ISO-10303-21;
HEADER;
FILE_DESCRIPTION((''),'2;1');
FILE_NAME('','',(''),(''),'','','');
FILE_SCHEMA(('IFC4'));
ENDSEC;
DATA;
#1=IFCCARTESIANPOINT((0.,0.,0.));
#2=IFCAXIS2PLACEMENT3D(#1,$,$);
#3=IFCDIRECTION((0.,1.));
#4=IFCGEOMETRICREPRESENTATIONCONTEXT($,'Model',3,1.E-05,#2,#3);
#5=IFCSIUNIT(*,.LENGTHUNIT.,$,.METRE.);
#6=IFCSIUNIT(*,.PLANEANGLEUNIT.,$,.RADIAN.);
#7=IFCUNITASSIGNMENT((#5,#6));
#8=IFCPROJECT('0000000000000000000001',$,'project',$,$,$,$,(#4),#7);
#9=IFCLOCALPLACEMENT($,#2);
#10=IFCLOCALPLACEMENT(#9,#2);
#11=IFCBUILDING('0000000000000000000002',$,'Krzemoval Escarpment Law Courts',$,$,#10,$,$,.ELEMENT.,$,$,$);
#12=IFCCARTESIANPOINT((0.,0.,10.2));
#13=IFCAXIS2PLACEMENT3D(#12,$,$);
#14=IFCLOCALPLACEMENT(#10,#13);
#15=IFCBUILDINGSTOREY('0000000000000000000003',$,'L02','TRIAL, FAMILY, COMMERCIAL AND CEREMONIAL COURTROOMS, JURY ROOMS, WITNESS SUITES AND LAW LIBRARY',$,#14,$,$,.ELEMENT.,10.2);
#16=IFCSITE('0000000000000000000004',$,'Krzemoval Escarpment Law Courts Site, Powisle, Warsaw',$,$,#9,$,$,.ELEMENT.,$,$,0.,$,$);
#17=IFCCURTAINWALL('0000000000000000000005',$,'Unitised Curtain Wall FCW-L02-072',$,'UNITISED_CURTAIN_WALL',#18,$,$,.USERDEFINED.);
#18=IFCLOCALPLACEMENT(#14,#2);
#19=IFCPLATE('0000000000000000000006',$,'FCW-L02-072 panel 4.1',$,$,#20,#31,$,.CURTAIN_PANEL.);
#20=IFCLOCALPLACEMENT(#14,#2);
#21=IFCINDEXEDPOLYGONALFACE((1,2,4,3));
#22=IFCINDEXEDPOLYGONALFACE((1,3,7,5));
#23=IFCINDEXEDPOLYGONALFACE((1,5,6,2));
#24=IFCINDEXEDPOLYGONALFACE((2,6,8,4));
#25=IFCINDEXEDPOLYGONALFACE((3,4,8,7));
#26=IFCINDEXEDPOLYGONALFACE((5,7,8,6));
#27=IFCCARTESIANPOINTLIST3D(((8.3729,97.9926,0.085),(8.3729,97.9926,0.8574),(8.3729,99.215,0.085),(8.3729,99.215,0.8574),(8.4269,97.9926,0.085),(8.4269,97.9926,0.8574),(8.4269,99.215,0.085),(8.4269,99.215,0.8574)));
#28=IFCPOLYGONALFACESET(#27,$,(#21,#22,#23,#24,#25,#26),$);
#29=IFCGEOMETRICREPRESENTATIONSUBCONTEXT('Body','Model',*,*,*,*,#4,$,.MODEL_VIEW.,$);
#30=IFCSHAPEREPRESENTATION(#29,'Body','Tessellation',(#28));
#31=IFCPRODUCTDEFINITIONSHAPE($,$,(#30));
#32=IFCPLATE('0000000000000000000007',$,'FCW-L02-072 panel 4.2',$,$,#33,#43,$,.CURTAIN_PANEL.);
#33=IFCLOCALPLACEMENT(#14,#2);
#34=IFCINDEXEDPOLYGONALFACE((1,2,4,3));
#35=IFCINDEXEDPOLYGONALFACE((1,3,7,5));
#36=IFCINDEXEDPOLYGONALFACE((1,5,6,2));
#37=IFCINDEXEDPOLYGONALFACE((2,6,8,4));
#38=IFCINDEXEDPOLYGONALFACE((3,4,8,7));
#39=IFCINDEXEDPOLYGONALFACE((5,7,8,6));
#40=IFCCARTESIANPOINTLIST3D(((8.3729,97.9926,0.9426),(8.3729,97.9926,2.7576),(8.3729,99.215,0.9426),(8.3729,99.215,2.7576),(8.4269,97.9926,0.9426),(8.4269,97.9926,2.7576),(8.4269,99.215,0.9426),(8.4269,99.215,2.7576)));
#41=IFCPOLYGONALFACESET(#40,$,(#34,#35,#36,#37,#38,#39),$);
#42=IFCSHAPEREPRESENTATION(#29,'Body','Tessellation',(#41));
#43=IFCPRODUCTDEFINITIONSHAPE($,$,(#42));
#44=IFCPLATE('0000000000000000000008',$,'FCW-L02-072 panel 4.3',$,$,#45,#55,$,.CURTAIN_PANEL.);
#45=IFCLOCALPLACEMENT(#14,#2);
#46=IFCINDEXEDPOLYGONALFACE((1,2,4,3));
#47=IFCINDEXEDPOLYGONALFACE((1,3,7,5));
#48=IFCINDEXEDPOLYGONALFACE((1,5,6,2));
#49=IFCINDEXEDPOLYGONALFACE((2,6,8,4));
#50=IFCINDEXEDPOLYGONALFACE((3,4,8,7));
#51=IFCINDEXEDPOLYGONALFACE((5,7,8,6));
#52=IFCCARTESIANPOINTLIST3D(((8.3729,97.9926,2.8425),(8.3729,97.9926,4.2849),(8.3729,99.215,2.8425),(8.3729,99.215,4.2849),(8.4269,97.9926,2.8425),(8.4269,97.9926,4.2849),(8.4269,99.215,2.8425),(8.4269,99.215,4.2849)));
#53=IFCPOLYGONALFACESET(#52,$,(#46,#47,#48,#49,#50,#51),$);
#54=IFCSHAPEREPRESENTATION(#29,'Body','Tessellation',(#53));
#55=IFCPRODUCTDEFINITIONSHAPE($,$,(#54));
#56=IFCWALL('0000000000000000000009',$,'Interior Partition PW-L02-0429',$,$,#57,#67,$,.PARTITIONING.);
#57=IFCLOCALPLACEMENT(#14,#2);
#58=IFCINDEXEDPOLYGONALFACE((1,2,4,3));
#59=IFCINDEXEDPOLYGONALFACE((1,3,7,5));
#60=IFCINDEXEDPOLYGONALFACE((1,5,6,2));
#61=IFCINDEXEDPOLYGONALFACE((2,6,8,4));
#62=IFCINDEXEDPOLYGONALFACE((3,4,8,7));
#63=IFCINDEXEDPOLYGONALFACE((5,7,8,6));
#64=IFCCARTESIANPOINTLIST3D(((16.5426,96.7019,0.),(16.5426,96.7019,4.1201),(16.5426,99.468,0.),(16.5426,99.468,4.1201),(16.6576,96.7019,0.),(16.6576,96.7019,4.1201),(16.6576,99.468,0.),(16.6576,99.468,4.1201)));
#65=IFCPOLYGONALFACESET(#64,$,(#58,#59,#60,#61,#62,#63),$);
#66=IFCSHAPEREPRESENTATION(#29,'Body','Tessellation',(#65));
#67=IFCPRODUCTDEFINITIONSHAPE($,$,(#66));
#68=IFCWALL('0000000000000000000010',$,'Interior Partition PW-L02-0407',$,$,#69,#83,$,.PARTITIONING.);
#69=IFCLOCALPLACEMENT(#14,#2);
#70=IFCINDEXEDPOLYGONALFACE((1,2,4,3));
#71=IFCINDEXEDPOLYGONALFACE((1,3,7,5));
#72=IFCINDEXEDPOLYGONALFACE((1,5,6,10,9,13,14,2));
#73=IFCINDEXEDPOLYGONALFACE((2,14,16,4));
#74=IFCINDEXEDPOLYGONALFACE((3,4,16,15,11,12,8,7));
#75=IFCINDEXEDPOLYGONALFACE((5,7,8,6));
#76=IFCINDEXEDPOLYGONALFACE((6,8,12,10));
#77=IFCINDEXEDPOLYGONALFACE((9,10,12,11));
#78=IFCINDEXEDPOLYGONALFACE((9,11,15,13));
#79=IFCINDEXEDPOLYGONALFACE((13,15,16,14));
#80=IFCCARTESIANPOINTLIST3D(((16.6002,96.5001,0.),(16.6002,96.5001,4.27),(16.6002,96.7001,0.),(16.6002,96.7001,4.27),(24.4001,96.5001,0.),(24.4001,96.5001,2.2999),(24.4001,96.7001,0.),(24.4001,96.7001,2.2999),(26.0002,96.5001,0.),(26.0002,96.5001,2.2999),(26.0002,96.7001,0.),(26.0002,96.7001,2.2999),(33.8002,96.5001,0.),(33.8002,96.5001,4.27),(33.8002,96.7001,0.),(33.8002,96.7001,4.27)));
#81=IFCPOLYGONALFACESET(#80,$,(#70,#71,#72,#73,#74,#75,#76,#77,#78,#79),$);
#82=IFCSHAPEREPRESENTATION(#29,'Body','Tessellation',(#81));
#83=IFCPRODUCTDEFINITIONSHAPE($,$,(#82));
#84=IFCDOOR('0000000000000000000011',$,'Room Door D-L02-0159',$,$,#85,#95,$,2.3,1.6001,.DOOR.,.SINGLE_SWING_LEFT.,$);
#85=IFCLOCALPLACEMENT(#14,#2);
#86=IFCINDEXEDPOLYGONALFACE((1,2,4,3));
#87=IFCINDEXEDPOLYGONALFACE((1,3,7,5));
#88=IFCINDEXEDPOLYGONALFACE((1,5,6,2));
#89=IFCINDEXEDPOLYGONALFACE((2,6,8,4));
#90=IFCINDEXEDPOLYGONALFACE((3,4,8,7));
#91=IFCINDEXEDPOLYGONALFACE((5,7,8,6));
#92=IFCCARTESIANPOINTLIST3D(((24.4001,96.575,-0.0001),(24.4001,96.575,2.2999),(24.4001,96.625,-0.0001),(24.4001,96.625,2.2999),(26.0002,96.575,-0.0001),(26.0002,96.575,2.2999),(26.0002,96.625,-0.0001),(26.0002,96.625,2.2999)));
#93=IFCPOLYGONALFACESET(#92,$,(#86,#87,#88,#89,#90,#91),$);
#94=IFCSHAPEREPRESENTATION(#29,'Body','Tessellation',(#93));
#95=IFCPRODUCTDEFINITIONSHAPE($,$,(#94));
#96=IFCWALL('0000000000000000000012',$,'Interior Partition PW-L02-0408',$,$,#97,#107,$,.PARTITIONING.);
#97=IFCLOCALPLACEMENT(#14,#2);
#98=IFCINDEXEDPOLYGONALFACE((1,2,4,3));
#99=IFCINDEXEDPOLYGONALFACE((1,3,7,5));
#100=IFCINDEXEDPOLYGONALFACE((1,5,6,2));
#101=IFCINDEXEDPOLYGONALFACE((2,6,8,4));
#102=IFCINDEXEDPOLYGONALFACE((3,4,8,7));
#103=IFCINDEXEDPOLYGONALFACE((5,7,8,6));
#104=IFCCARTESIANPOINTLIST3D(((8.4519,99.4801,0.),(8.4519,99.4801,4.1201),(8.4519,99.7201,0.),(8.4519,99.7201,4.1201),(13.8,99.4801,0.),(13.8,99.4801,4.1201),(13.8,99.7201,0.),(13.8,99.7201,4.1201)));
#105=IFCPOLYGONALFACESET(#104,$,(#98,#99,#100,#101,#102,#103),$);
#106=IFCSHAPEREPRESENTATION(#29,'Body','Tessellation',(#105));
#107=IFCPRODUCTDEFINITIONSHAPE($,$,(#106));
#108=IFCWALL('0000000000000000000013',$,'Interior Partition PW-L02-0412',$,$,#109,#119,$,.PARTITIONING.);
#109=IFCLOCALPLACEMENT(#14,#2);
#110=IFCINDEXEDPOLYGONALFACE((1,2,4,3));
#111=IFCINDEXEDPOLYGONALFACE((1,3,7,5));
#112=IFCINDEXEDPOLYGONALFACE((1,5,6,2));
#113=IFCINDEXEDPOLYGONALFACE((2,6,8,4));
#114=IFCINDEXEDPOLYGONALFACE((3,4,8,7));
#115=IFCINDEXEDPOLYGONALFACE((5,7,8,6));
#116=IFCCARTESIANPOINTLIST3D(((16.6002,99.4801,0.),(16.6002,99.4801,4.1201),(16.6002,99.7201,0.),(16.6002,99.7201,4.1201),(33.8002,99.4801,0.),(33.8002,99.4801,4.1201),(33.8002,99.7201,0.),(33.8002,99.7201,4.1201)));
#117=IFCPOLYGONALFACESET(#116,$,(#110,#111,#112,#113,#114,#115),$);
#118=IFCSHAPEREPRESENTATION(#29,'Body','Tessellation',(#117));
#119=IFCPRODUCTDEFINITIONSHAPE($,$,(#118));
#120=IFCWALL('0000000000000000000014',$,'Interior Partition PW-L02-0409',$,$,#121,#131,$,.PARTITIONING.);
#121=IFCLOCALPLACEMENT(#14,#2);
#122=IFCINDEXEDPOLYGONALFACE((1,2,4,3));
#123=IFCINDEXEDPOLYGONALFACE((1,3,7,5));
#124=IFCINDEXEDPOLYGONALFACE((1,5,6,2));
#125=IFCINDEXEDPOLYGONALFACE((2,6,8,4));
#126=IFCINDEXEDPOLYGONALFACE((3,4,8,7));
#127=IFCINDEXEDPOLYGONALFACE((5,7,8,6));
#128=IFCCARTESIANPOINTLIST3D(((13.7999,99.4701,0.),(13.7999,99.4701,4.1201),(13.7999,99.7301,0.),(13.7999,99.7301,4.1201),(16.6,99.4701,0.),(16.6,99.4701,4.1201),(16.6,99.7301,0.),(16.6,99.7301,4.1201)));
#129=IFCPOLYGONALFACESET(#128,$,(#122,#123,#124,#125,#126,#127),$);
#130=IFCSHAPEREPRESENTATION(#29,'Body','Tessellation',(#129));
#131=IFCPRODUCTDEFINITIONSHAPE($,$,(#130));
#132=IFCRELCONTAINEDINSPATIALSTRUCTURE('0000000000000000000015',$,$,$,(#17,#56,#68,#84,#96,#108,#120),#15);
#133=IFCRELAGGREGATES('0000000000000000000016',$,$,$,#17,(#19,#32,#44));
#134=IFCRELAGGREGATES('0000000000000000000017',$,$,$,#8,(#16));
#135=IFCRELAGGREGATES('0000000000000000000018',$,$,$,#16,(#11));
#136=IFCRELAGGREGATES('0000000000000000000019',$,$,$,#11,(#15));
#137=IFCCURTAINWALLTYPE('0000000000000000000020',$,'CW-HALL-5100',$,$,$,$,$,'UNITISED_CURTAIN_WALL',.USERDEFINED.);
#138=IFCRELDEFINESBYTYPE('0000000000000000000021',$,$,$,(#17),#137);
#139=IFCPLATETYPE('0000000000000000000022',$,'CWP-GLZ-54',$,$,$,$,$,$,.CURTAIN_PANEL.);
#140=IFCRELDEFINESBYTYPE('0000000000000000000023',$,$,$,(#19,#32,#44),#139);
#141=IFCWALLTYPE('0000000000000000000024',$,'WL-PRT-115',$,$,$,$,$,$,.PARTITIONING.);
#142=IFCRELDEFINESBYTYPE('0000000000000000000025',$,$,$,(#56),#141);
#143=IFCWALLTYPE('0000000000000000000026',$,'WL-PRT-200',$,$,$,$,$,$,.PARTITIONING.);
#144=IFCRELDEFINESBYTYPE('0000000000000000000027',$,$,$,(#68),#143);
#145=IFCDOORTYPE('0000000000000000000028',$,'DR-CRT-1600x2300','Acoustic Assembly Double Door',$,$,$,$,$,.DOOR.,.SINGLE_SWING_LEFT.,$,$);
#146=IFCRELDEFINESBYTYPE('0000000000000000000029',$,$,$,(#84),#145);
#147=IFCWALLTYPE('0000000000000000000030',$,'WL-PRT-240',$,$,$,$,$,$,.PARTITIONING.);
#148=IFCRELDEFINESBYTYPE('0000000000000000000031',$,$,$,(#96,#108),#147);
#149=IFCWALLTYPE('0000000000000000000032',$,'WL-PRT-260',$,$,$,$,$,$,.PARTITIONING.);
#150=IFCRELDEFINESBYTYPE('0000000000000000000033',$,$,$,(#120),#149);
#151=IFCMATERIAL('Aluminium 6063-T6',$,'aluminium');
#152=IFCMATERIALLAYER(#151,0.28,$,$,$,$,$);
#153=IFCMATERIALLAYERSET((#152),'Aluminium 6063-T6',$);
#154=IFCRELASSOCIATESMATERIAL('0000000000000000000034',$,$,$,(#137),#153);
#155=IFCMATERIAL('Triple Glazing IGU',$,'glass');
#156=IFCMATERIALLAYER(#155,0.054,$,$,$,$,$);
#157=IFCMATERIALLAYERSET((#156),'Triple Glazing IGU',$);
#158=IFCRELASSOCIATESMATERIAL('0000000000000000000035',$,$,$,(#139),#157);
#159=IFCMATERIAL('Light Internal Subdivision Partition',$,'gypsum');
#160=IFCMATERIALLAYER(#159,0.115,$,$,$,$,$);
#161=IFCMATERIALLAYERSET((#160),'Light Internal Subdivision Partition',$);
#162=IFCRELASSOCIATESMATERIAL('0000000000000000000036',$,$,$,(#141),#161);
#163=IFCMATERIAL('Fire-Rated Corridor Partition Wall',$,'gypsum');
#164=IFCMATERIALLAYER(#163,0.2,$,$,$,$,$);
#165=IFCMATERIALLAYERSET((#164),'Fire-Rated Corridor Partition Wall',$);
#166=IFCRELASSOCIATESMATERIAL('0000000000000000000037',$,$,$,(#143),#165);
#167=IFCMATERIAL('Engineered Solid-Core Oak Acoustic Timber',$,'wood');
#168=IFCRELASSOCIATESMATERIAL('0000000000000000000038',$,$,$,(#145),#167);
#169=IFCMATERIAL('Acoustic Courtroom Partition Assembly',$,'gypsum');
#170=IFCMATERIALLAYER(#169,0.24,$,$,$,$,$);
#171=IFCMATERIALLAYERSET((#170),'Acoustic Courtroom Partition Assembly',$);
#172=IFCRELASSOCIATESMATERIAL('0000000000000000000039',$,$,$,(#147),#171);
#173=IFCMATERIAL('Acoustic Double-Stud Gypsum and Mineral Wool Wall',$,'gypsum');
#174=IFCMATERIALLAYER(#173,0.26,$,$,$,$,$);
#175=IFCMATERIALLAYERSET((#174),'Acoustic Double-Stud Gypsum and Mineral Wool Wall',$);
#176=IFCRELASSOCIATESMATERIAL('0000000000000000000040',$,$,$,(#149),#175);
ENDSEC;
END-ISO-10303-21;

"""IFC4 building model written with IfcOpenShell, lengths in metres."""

from ifc_helpers import new_model, si_unit, direction, frame, frame_2d, origin, origin_2d, place, context, subcontext, project, spatial, rectangle, extrude, material, layer, layer_set, type_object, element, fill, aggregate, save


model = new_model("IFC4")

# Units and contexts
model_context = context("Model", 3, precision=1e-05, world=origin(), true_north=direction((0.0, 1.0)))
body_context = subcontext(model_context, "Body", "Model", "MODEL_VIEW")
ifc_project = project(units=[si_unit("LENGTHUNIT", "METRE"), si_unit("PLANEANGLEUNIT", "RADIAN")], contexts=[model_context])

# Site, building, storey
site_placement = place(None, origin())
site = spatial("IfcSite", under=ifc_project, at=site_placement, Name="Krzemoval Escarpment Law Courts Site, Powisle, Warsaw", CompositionType="ELEMENT", RefElevation=0.0)
building_placement = place(site_placement, origin())
building = spatial("IfcBuilding", under=site, at=building_placement, Name="Krzemoval Escarpment Law Courts", CompositionType="ELEMENT")
storey_placement = place(building_placement, frame((0.0, 0.0, 10.2)))
storey = spatial("IfcBuildingStorey", under=building, at=storey_placement, Name="L02", Description="TRIAL, FAMILY, COMMERCIAL AND CEREMONIAL COURTROOMS, JURY ROOMS, WITNESS SUITES AND LAW LIBRARY", CompositionType="ELEMENT", Elevation=10.2)

# Curtain wall, plates
ifc_material_1 = material(Name="Aluminium 6063-T6", Category="aluminium")
ifc_layer_1 = layer(ifc_material_1, 0.28)
ifc_layer_set_1 = layer_set([ifc_layer_1], Name="Aluminium 6063-T6")
curtain_wall_type = type_object("IfcCurtainWallType", Name="CW-HALL-5100", ElementType="UNITISED_CURTAIN_WALL", PredefinedType="USERDEFINED", material=ifc_layer_set_1)
curtain_wall_placement = place(storey_placement, origin())
curtain_wall = element("IfcCurtainWall", 1, at=curtain_wall_placement, inside=storey, type_object=curtain_wall_type, Name="Unitised Curtain Wall FCW-L02-072", ObjectType="UNITISED_CURTAIN_WALL", PredefinedType="USERDEFINED")
ifc_material_2 = material(Name="Triple Glazing IGU", Category="glass")
ifc_layer_2 = layer(ifc_material_2, 0.054)
ifc_layer_set_2 = layer_set([ifc_layer_2], Name="Triple Glazing IGU")
plate_type = type_object("IfcPlateType", Name="CWP-GLZ-54", PredefinedType="CURTAIN_PANEL", material=ifc_layer_set_2)
plate_1_placement = place(storey_placement, frame((8.3999, 98.6038, 0.085), z_axis=(0.0, 0.0, 1.0), x_axis=(0.0, 1.0, 0.0)))
plate_1 = element("IfcPlate", 2, at=plate_1_placement, type_object=plate_type, Name="FCW-L02-072 panel 4.1", PredefinedType="CURTAIN_PANEL", context=body_context, shape_type="SweptSolid", body=[
    extrude(rectangle(XDim=1.2224, YDim=0.054, at=origin_2d()), origin(), (0.0, 0.0, 1.0), 0.7725),
])
plate_2_placement = place(storey_placement, frame((8.3999, 98.6038, 0.9426), z_axis=(0.0, 0.0, 1.0), x_axis=(0.0, 1.0, 0.0)))
plate_2 = element("IfcPlate", 3, at=plate_2_placement, type_object=plate_type, Name="FCW-L02-072 panel 4.2", PredefinedType="CURTAIN_PANEL", context=body_context, shape_type="SweptSolid", body=[
    extrude(rectangle(XDim=1.2224, YDim=0.054, at=origin_2d()), origin(), (0.0, 0.0, 1.0), 1.8149),
])
plate_3_placement = place(storey_placement, frame((8.3999, 98.6038, 2.8425), z_axis=(0.0, 0.0, 1.0), x_axis=(0.0, 1.0, 0.0)))
plate_3 = element("IfcPlate", 4, at=plate_3_placement, type_object=plate_type, Name="FCW-L02-072 panel 4.3", PredefinedType="CURTAIN_PANEL", context=body_context, shape_type="SweptSolid", body=[
    extrude(rectangle(XDim=1.2224, YDim=0.054, at=origin_2d()), origin(), (0.0, 0.0, 1.0), 1.4424),
])
aggregate(curtain_wall, [plate_1, plate_2, plate_3])

# Wall
ifc_material_3 = material(Name="Light Internal Subdivision Partition", Category="gypsum")
ifc_layer_3 = layer(ifc_material_3, 0.115)
ifc_layer_set_3 = layer_set([ifc_layer_3], Name="Light Internal Subdivision Partition")
wall_type_1 = type_object("IfcWallType", Name="WL-PRT-115", PredefinedType="PARTITIONING", material=ifc_layer_set_3)
wall_1_placement = place(storey_placement, frame((16.6001, 96.7019, 0.0), z_axis=(0.0, 0.0, 1.0), x_axis=(0.0, 1.0, 0.0)))
element("IfcWall", 5, at=wall_1_placement, inside=storey, type_object=wall_type_1, Name="Interior Partition PW-L02-0429", PredefinedType="PARTITIONING", context=body_context, shape_type="SweptSolid", body=[
    extrude(rectangle(XDim=2.7661, YDim=0.115, at=frame_2d((1.3831, 0.0))), origin(), (0.0, 0.0, 1.0), 4.1201),
])

# Wall, opening, door
ifc_material_4 = material(Name="Fire-Rated Corridor Partition Wall", Category="gypsum")
ifc_layer_4 = layer(ifc_material_4, 0.2)
ifc_layer_set_4 = layer_set([ifc_layer_4], Name="Fire-Rated Corridor Partition Wall")
wall_type_2 = type_object("IfcWallType", Name="WL-PRT-200", PredefinedType="PARTITIONING", material=ifc_layer_set_4)
wall_2_placement = place(storey_placement, frame((16.6001, 96.6001, 0.0), z_axis=(0.0, 0.0, 1.0), x_axis=(1.0, 0.0, 0.0)))
wall_2 = element("IfcWall", 6, at=wall_2_placement, inside=storey, type_object=wall_type_2, Name="Interior Partition PW-L02-0407", PredefinedType="PARTITIONING", context=body_context, shape_type="SweptSolid", body=[
    extrude(rectangle(XDim=17.2, YDim=0.2, at=frame_2d((8.6001, 0.0))), origin(), (0.0, 0.0, 1.0), 4.27),
])
opening_placement = place(wall_2_placement, frame((7.8, 0.0, 0.0)))
opening = element("IfcOpeningElement", 7, at=opening_placement, cuts=wall_2, PredefinedType="OPENING", context=body_context, shape_type="SweptSolid", body=[
    extrude(rectangle(XDim=1.6001, YDim=2.3, at=frame_2d((0.8, 1.1499))), frame((0.0, 0.115, 0.0), z_axis=(0.0, -1.0, 0.0), x_axis=(1.0, 0.0, 0.0)), (0.0, 0.0, 1.0), 0.2299),
])
ifc_material_5 = material(Name="Engineered Solid-Core Oak Acoustic Timber", Category="wood")
door_type = type_object("IfcDoorType", Name="DR-CRT-1600x2300", Description="Acoustic Assembly Double Door", OperationType="SINGLE_SWING_LEFT", PredefinedType="DOOR", material=ifc_material_5)
door_placement = place(opening_placement, origin())
door = element("IfcDoor", 8, at=door_placement, inside=storey, type_object=door_type, Name="Room Door D-L02-0159", OperationType="SINGLE_SWING_LEFT", OverallHeight=2.3, OverallWidth=1.6001, PredefinedType="DOOR", context=body_context, shape_type="SweptSolid", body=[
    extrude(rectangle(XDim=1.6001, YDim=2.3, at=frame_2d((0.8, 1.1499))), frame((0.0, 0.0249, 0.0), z_axis=(0.0, -1.0, 0.0), x_axis=(1.0, 0.0, 0.0)), (0.0, 0.0, 1.0), 0.05),
])
fill(opening, door)

# Walls
ifc_material_6 = material(Name="Acoustic Courtroom Partition Assembly", Category="gypsum")
ifc_layer_5 = layer(ifc_material_6, 0.24)
ifc_layer_set_5 = layer_set([ifc_layer_5], Name="Acoustic Courtroom Partition Assembly")
wall_type_3 = type_object("IfcWallType", Name="WL-PRT-240", PredefinedType="PARTITIONING", material=ifc_layer_set_5)
wall_3_placement = place(storey_placement, frame((8.4519, 99.6001, 0.0), z_axis=(0.0, 0.0, 1.0), x_axis=(1.0, 0.0, 0.0)))
element("IfcWall", 9, at=wall_3_placement, inside=storey, type_object=wall_type_3, Name="Interior Partition PW-L02-0408", PredefinedType="PARTITIONING", context=body_context, shape_type="SweptSolid", body=[
    extrude(rectangle(XDim=5.3481, YDim=0.24, at=frame_2d((2.6741, 0.0))), origin(), (0.0, 0.0, 1.0), 4.1201),
])
wall_4_placement = place(storey_placement, frame((16.6001, 99.6001, 0.0), z_axis=(0.0, 0.0, 1.0), x_axis=(1.0, 0.0, 0.0)))
element("IfcWall", 10, at=wall_4_placement, inside=storey, type_object=wall_type_3, Name="Interior Partition PW-L02-0412", PredefinedType="PARTITIONING", context=body_context, shape_type="SweptSolid", body=[
    extrude(rectangle(XDim=17.2, YDim=0.24, at=frame_2d((8.6001, 0.0))), origin(), (0.0, 0.0, 1.0), 4.1201),
])
ifc_material_7 = material(Name="Acoustic Double-Stud Gypsum and Mineral Wool Wall", Category="gypsum")
ifc_layer_6 = layer(ifc_material_7, 0.26)
ifc_layer_set_6 = layer_set([ifc_layer_6], Name="Acoustic Double-Stud Gypsum and Mineral Wool Wall")
wall_type_4 = type_object("IfcWallType", Name="WL-PRT-260", PredefinedType="PARTITIONING", material=ifc_layer_set_6)
wall_5_placement = place(storey_placement, frame((13.8, 99.6001, 0.0), z_axis=(0.0, 0.0, 1.0), x_axis=(1.0, 0.0, 0.0)))
element("IfcWall", 11, at=wall_5_placement, inside=storey, type_object=wall_type_4, Name="Interior Partition PW-L02-0409", PredefinedType="PARTITIONING", context=body_context, shape_type="SweptSolid", body=[
    extrude(rectangle(XDim=2.8, YDim=0.26, at=frame_2d((1.3999, 0.0))), origin(), (0.0, 0.0, 1.0), 4.1201),
])

save(model, "model.ifc")
